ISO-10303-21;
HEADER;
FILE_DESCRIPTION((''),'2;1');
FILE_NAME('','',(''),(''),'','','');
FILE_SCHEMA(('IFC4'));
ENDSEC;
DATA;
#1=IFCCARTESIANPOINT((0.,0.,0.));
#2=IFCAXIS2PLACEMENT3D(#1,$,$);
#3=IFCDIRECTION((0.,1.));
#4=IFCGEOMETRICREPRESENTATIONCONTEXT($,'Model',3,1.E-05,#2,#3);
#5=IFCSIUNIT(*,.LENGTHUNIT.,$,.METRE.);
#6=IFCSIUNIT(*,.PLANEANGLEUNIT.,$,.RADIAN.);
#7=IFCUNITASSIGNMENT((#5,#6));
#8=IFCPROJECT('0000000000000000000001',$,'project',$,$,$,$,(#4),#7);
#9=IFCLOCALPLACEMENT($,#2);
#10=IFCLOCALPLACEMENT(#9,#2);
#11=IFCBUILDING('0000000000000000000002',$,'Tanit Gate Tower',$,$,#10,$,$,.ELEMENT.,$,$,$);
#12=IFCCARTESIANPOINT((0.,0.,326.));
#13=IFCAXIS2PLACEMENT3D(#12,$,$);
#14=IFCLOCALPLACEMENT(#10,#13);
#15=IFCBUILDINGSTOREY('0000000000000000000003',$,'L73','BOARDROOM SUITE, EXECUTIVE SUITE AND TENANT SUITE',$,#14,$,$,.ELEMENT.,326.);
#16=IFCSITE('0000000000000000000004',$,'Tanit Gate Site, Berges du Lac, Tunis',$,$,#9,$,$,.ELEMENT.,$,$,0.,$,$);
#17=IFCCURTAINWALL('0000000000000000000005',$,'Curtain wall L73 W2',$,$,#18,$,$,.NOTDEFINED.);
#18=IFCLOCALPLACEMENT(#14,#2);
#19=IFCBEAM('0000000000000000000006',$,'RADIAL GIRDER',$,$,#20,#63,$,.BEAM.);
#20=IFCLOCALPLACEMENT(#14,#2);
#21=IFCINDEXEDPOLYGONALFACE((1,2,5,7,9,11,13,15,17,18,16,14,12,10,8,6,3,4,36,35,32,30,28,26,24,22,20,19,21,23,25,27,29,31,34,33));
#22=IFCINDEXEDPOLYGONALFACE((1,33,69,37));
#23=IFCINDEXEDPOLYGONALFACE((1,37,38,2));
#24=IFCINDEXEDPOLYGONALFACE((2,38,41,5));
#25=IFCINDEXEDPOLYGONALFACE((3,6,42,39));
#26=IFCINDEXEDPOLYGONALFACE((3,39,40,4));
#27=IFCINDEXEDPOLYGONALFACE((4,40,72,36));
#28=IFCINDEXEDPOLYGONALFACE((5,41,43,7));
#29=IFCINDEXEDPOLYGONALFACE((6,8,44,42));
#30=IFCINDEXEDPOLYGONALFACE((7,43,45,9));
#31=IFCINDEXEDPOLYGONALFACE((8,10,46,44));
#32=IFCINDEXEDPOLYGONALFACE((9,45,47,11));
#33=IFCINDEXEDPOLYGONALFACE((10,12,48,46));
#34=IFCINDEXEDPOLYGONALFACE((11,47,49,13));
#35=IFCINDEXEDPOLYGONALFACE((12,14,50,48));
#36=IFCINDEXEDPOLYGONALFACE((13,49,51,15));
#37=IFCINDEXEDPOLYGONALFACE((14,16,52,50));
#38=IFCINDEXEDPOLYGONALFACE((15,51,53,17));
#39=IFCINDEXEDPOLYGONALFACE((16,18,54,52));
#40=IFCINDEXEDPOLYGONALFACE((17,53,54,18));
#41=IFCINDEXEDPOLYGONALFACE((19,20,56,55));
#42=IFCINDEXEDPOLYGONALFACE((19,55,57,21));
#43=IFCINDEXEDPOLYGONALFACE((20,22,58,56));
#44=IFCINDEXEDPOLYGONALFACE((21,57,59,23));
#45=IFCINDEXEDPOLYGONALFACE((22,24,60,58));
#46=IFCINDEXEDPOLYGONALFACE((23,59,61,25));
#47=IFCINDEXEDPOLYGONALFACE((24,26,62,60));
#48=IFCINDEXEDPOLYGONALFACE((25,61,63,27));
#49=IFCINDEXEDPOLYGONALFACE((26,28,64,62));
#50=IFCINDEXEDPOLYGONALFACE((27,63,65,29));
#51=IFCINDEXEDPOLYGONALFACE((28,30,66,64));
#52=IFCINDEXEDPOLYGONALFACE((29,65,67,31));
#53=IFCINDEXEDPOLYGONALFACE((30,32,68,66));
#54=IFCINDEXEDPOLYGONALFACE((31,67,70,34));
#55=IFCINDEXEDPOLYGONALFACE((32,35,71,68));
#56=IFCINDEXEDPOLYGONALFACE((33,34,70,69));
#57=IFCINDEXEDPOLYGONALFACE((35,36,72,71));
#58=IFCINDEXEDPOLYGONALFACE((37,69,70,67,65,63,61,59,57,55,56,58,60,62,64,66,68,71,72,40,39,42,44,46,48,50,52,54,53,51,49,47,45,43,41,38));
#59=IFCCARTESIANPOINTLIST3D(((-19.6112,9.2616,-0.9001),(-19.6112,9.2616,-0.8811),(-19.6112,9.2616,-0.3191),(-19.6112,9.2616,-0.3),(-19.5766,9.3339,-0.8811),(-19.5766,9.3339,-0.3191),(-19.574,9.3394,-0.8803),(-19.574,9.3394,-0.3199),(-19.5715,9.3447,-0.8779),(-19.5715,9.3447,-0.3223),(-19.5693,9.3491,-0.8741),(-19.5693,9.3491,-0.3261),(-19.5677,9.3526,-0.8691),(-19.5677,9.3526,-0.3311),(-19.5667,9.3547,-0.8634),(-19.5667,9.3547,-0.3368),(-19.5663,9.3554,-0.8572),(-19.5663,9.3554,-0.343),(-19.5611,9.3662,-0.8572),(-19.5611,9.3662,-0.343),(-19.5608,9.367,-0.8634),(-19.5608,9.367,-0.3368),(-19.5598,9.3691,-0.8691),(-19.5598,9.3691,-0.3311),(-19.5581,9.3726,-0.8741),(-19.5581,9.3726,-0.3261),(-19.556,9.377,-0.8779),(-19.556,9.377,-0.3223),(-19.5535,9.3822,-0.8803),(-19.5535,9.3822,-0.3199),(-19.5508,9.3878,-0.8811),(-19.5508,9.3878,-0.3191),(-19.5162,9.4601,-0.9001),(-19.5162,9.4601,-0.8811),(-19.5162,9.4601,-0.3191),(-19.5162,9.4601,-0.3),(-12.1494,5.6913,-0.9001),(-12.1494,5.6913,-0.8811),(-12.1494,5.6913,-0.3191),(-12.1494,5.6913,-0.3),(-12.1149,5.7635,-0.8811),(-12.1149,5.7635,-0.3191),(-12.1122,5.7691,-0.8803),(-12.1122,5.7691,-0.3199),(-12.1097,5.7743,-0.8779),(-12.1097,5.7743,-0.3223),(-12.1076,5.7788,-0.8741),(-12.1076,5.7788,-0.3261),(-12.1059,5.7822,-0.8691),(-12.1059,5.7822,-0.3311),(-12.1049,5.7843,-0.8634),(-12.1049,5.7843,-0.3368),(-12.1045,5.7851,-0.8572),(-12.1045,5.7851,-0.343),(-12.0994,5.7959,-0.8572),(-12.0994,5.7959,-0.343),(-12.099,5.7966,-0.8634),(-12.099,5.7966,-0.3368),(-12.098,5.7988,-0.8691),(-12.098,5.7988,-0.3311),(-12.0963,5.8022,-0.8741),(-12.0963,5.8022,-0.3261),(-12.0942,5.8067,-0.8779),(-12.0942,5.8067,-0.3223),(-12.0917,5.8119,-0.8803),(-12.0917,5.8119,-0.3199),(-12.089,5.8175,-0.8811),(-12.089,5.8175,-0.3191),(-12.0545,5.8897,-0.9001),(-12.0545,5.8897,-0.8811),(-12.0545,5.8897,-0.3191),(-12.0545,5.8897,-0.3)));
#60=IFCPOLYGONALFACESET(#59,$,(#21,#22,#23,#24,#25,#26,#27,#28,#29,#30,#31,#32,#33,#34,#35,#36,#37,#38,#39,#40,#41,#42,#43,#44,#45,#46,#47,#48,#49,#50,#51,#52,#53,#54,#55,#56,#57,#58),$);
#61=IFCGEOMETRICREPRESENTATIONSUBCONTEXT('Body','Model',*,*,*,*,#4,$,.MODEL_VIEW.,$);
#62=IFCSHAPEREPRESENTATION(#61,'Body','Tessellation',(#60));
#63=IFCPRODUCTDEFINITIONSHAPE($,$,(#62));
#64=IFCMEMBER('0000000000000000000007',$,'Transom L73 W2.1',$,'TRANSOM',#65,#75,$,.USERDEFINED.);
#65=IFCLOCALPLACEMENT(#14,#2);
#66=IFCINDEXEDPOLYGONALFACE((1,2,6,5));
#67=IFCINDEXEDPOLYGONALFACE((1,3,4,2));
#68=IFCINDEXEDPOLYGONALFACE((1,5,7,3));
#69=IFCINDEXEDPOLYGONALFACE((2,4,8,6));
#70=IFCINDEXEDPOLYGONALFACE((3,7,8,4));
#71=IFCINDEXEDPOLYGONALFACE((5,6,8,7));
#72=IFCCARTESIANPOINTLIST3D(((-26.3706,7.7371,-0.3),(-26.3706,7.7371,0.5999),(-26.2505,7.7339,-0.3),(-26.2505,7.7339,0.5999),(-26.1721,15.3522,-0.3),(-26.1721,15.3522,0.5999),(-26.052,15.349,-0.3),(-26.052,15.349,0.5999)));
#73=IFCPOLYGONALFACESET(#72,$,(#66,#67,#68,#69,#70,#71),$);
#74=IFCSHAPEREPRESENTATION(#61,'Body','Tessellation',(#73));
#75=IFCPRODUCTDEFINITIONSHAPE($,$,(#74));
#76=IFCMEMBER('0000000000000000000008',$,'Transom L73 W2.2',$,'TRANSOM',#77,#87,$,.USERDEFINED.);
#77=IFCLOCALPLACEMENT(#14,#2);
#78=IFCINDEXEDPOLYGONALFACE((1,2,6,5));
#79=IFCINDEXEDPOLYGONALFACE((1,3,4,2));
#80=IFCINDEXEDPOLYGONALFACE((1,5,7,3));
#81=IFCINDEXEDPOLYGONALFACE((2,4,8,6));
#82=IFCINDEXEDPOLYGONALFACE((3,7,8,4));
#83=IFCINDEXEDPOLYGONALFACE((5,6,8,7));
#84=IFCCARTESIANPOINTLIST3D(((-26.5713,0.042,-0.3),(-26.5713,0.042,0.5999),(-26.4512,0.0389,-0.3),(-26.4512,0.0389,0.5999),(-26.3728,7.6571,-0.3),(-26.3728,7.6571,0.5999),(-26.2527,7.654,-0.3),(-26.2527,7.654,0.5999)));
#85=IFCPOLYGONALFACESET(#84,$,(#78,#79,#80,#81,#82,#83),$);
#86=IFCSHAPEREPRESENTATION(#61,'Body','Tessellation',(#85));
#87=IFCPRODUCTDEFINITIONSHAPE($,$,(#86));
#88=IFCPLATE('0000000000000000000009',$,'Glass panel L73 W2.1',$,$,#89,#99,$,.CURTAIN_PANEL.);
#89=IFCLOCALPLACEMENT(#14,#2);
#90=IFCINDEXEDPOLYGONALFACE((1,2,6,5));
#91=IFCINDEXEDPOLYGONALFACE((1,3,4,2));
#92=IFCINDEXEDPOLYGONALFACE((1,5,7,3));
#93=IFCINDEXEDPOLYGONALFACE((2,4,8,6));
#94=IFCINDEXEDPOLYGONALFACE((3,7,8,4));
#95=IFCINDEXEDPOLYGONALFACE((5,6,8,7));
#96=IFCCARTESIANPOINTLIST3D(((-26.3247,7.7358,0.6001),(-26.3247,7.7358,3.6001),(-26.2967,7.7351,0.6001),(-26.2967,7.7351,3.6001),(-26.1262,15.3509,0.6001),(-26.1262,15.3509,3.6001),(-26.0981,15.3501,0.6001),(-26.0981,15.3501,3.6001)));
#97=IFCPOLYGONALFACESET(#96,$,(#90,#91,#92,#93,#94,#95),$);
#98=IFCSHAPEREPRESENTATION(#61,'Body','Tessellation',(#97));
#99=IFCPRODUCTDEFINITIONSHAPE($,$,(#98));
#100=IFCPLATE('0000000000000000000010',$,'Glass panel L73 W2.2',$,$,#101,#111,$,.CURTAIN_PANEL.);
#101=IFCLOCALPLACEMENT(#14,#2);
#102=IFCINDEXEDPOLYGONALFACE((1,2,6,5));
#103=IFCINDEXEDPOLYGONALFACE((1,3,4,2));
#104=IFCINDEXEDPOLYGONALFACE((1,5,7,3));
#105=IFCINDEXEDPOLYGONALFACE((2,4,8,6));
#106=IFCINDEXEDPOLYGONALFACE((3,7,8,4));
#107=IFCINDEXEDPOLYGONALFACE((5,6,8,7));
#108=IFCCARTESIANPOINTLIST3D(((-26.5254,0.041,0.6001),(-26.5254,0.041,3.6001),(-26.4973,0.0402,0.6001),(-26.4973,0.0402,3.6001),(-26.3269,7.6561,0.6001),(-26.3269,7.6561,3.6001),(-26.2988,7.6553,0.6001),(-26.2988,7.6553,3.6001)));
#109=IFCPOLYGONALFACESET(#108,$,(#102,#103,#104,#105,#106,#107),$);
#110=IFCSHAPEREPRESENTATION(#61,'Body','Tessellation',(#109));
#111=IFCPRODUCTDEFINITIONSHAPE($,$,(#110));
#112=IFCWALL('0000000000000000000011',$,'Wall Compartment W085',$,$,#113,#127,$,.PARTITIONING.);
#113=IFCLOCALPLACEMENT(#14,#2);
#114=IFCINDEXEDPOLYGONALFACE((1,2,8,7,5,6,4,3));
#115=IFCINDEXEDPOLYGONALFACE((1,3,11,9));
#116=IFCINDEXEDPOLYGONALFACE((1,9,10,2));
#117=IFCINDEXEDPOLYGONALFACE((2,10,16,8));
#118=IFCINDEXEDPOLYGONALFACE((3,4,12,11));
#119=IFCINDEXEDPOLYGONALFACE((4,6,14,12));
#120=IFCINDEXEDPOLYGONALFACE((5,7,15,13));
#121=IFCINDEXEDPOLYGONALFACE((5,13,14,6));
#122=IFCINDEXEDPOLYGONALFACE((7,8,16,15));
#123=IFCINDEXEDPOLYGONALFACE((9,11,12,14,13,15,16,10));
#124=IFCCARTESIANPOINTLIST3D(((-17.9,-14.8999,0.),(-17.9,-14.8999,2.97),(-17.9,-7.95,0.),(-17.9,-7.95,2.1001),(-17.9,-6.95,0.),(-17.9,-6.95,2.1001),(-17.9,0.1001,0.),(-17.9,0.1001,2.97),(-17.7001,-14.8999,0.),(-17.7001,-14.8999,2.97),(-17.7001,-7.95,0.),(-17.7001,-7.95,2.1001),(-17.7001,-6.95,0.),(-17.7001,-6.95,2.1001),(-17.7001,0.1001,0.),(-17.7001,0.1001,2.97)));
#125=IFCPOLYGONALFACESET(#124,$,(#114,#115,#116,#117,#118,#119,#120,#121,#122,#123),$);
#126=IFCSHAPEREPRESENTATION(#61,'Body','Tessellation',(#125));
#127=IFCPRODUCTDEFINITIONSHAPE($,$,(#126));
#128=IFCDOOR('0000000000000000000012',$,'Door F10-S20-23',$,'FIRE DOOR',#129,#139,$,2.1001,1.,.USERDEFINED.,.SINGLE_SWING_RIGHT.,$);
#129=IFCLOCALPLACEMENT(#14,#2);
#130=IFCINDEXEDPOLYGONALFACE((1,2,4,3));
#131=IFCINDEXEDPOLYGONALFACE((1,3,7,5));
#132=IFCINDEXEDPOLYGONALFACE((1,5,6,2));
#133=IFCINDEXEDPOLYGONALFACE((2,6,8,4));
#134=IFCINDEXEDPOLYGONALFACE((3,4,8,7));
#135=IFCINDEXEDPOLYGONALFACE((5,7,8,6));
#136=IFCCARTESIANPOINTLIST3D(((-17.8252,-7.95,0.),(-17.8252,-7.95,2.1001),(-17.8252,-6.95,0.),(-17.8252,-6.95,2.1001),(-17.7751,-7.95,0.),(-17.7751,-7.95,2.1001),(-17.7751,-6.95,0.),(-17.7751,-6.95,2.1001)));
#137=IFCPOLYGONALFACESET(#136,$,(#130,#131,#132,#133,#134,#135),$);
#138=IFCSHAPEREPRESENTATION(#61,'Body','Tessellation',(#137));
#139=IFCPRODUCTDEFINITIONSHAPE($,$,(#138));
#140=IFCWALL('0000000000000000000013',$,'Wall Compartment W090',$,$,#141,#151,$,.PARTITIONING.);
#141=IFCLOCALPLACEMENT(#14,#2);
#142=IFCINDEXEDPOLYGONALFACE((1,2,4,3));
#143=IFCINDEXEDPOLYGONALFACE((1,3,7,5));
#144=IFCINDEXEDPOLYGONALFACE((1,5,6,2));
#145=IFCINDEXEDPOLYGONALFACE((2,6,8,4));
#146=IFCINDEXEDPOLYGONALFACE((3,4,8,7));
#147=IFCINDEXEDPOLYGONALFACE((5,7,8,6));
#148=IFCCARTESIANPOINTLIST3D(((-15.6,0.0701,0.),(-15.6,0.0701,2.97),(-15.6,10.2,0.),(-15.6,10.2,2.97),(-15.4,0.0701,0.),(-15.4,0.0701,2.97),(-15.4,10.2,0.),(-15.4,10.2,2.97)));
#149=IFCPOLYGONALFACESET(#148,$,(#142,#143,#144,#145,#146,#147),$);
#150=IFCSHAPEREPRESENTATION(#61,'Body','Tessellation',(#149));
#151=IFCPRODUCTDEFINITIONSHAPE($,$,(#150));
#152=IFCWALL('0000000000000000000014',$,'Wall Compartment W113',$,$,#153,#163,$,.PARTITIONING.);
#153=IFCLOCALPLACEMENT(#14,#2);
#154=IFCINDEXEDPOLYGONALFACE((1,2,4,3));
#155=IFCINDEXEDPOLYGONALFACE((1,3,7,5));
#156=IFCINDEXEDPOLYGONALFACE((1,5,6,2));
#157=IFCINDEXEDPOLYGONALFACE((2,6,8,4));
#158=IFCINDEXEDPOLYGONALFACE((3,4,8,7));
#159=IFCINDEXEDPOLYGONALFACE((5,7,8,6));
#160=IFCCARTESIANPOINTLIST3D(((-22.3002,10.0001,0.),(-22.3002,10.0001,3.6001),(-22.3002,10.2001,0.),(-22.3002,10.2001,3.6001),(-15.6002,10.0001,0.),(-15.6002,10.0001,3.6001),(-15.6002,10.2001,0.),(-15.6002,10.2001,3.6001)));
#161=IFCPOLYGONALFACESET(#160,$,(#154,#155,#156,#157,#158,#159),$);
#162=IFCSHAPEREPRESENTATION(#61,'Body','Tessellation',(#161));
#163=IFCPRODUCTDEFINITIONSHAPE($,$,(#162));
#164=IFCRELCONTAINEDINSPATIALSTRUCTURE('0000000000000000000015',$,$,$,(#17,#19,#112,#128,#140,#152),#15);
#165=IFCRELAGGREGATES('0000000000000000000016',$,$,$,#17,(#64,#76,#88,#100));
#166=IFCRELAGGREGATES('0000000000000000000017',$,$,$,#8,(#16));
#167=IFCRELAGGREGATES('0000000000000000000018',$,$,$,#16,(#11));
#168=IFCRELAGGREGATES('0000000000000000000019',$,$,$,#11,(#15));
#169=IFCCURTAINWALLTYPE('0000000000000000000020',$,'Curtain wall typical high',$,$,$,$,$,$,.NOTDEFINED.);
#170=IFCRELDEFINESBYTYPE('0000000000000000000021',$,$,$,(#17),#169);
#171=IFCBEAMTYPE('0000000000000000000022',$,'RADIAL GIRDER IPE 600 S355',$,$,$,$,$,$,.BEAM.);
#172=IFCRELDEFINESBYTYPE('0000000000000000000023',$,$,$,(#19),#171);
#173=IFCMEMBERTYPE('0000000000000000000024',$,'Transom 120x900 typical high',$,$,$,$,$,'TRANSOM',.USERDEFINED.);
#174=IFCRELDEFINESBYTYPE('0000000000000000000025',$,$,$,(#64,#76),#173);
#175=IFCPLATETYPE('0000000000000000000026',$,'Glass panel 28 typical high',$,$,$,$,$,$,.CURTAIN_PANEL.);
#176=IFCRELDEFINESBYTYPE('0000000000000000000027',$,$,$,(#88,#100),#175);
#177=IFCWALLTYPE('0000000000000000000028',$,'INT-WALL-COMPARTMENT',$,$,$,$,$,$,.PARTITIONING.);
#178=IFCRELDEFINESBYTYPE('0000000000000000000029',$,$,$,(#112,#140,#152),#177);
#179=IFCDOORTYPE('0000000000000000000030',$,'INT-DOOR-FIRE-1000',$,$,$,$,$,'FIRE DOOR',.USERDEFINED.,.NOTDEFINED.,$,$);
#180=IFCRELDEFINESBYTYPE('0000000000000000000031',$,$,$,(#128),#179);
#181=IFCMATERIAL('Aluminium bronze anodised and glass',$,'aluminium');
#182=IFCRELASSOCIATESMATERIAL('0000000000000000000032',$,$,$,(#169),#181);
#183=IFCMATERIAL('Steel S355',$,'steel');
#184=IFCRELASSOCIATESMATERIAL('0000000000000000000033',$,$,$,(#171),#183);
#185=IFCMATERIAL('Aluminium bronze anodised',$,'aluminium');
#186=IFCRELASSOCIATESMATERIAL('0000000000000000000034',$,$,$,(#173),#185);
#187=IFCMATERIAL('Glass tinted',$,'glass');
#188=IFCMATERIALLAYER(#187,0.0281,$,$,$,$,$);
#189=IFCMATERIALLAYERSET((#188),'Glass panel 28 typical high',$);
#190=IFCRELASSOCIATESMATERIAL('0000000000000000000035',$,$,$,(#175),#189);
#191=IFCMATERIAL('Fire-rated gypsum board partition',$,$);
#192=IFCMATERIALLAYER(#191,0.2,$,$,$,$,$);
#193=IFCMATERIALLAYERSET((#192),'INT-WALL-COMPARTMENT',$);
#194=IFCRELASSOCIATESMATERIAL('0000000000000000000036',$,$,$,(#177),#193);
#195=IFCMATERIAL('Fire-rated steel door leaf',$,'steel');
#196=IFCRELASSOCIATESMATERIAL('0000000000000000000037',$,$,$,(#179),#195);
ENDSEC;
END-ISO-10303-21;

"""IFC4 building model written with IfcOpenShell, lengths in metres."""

from ifc_helpers import new_model, si_unit, direction, frame, frame_2d, origin, origin_2d, place, context, subcontext, project, spatial, rectangle, i_section, extrude, material, layer, layer_set, material_profile, profile_set, type_object, element, fill, aggregate, save


model = new_model("IFC4")

# Units and contexts
model_context = context("Model", 3, precision=1e-05, world=origin(), true_north=direction((0.0, 1.0)))
body_context = subcontext(model_context, "Body", "Model", "MODEL_VIEW")
ifc_project = project(units=[si_unit("LENGTHUNIT", "METRE"), si_unit("PLANEANGLEUNIT", "RADIAN")], contexts=[model_context])

# Site, building, storey
site_placement = place(None, origin())
site = spatial("IfcSite", under=ifc_project, at=site_placement, Name="Tanit Gate Site, Berges du Lac, Tunis", CompositionType="ELEMENT", RefElevation=0.0)
building_placement = place(site_placement, origin())
building = spatial("IfcBuilding", under=site, at=building_placement, Name="Tanit Gate Tower", CompositionType="ELEMENT")
storey_placement = place(building_placement, frame((0.0, 0.0, 326.0)))
storey = spatial("IfcBuildingStorey", under=building, at=storey_placement, Name="L73", Description="BOARDROOM SUITE, EXECUTIVE SUITE AND TENANT SUITE", CompositionType="ELEMENT", Elevation=326.0)

# Curtain wall
ifc_material_1 = material(Name="Aluminium bronze anodised and glass", Category="aluminium")
curtain_wall_type = type_object("IfcCurtainWallType", Name="Curtain wall typical high", PredefinedType="NOTDEFINED", material=ifc_material_1)
curtain_wall_1_placement = place(storey_placement, origin())
curtain_wall_1 = element("IfcCurtainWall", 1, at=curtain_wall_1_placement, inside=storey, type_object=curtain_wall_type, Name="Curtain wall L73 W2", PredefinedType="NOTDEFINED")

# Beam
ifc_material_2 = material(Name="Steel S355", Category="steel")
ifc_material_profile_1 = material_profile(ifc_material_2, i_section(OverallWidth=0.22, OverallDepth=0.6001, WebThickness=0.012, FlangeThickness=0.019, FilletRadius=0.0239, at=origin_2d()), Name="IPE 600")
ifc_profile_set_1 = profile_set([ifc_material_profile_1], Name="Steel S355")
beam_type_1 = type_object("IfcBeamType", Name="RADIAL GIRDER IPE 600 S355", PredefinedType="BEAM", material=ifc_profile_set_1)
beam_1_placement = place(storey_placement, frame((-19.5637, 9.3608, -0.6001), z_axis=(0.902055, -0.431622, 0.0), x_axis=(0.431622, 0.902055, 0.0)))
element("IfcBeam", 2, at=beam_1_placement, inside=storey, type_object=beam_type_1, Name="RADIAL GIRDER", PredefinedType="BEAM", context=body_context, shape_type="SweptSolid", body=[
    extrude(i_section(OverallWidth=0.22, OverallDepth=0.6001, WebThickness=0.012, FlangeThickness=0.019, FilletRadius=0.0239, at=origin_2d()), origin(), (0.0, 0.0, 1.0), 8.272),
])

# Members
ifc_material_3 = material(Name="Aluminium bronze anodised", Category="aluminium")
ifc_material_profile_2 = material_profile(ifc_material_3, rectangle(XDim=0.1201, YDim=0.8999, at=origin_2d()), Name="120x900 bronze transom")
ifc_profile_set_2 = profile_set([ifc_material_profile_2], Name="Aluminium bronze anodised")
member_type_1 = type_object("IfcMemberType", Name="Transom 120x900 typical high", ElementType="TRANSOM", PredefinedType="USERDEFINED", material=ifc_profile_set_2)
member_1_placement = place(storey_placement, frame((-26.1121, 15.3506, 0.1499), z_axis=(-0.026056, -0.99966, 0.0), x_axis=(0.99966, -0.026056, 0.0)))
member_1 = element("IfcMember", 3, at=member_1_placement, type_object=member_type_1, Name="Transom L73 W2.1", ObjectType="TRANSOM", PredefinedType="USERDEFINED", context=body_context, shape_type="SweptSolid", body=[
    extrude(rectangle(XDim=0.1201, YDim=0.8999, at=origin_2d()), origin(), (0.0, 0.0, 1.0), 7.6177),
])
member_2_placement = place(storey_placement, frame((-26.3127, 7.6555, 0.1499), z_axis=(-0.026056, -0.99966, 0.0), x_axis=(0.99966, -0.026056, 0.0)))
member_2 = element("IfcMember", 4, at=member_2_placement, type_object=member_type_1, Name="Transom L73 W2.2", ObjectType="TRANSOM", PredefinedType="USERDEFINED", context=body_context, shape_type="SweptSolid", body=[
    extrude(rectangle(XDim=0.1201, YDim=0.8999, at=origin_2d()), origin(), (0.0, 0.0, 1.0), 7.6177),
])

# Plates
ifc_material_4 = material(Name="Glass tinted", Category="glass")
ifc_layer_1 = layer(ifc_material_4, 0.0281)
ifc_layer_set_1 = layer_set([ifc_layer_1], Name="Glass panel 28 typical high")
plate_type = type_object("IfcPlateType", Name="Glass panel 28 typical high", PredefinedType="CURTAIN_PANEL", material=ifc_layer_set_1)
plate_1_placement = place(storey_placement, frame((-26.2114, 11.543, 0.6001), z_axis=(0.0, 0.0, 1.0), x_axis=(-0.026063, -0.99966, 0.0)))
plate_1 = element("IfcPlate", 5, at=plate_1_placement, type_object=plate_type, Name="Glass panel L73 W2.1", PredefinedType="CURTAIN_PANEL", context=body_context, shape_type="SweptSolid", body=[
    extrude(rectangle(XDim=7.6177, YDim=0.0281, at=origin_2d()), origin(), (0.0, 0.0, 1.0), 3.0),
])
plate_2_placement = place(storey_placement, frame((-26.4121, 3.8481, 0.6001), z_axis=(0.0, 0.0, 1.0), x_axis=(-0.026063, -0.99966, 0.0)))
plate_2 = element("IfcPlate", 6, at=plate_2_placement, type_object=plate_type, Name="Glass panel L73 W2.2", PredefinedType="CURTAIN_PANEL", context=body_context, shape_type="SweptSolid", body=[
    extrude(rectangle(XDim=7.6177, YDim=0.0281, at=origin_2d()), origin(), (0.0, 0.0, 1.0), 3.0),
])
aggregate(curtain_wall_1, [member_1, member_2, plate_1, plate_2])

# Wall, opening, door
ifc_material_5 = material(Name="Fire-rated gypsum board partition")
ifc_layer_2 = layer(ifc_material_5, 0.2)
ifc_layer_set_2 = layer_set([ifc_layer_2], Name="INT-WALL-COMPARTMENT")
wall_type_1 = type_object("IfcWallType", Name="INT-WALL-COMPARTMENT", PredefinedType="PARTITIONING", material=ifc_layer_set_2)
wall_1_placement = place(storey_placement, frame((-17.8, 0.1001, 0.0), z_axis=(0.0, 0.0, 1.0), x_axis=(0.0, -1.0, 0.0)))
wall_1 = element("IfcWall", 7, at=wall_1_placement, inside=storey, type_object=wall_type_1, Name="Wall Compartment W085", PredefinedType="PARTITIONING", context=body_context, shape_type="SweptSolid", body=[
    extrude(rectangle(XDim=15.0, YDim=0.2, at=frame_2d((7.5, 0.0))), origin(), (0.0, 0.0, 1.0), 2.97),
])
opening_1_placement = place(wall_1_placement, frame((7.05, 0.0, 0.0)))
opening_1 = element("IfcOpeningElement", 8, at=opening_1_placement, cuts=wall_1, PredefinedType="OPENING", context=body_context, shape_type="SweptSolid", body=[
    extrude(rectangle(XDim=1.0, YDim=2.1001, at=frame_2d((0.5, 1.05))), frame((0.0, 0.1099, 0.0), z_axis=(0.0, -1.0, 0.0), x_axis=(1.0, 0.0, 0.0)), (0.0, 0.0, 1.0), 0.22),
])
ifc_material_6 = material(Name="Fire-rated steel door leaf", Category="steel")
door_type_1 = type_object("IfcDoorType", Name="INT-DOOR-FIRE-1000", ElementType="FIRE DOOR", OperationType="NOTDEFINED", PredefinedType="USERDEFINED", material=ifc_material_6)
door_1_placement = place(opening_1_placement, origin())
door_1 = element("IfcDoor", 9, at=door_1_placement, inside=storey, type_object=door_type_1, Name="Door F10-S20-23", ObjectType="FIRE DOOR", OperationType="SINGLE_SWING_RIGHT", OverallHeight=2.1001, OverallWidth=1.0, PredefinedType="USERDEFINED", context=body_context, shape_type="SweptSolid", body=[
    extrude(rectangle(XDim=1.0, YDim=2.1001, at=frame_2d((0.5, 1.05))), frame((0.0, 0.0249, 0.0), z_axis=(0.0, -1.0, 0.0), x_axis=(1.0, 0.0, 0.0)), (0.0, 0.0, 1.0), 0.05),
])
fill(opening_1, door_1)

# Walls
wall_2_placement = place(storey_placement, frame((-15.5, 10.2, 0.0), z_axis=(0.0, 0.0, 1.0), x_axis=(0.0, -1.0, 0.0)))
element("IfcWall", 10, at=wall_2_placement, inside=storey, type_object=wall_type_1, Name="Wall Compartment W090", PredefinedType="PARTITIONING", context=body_context, shape_type="SweptSolid", body=[
    extrude(rectangle(XDim=10.1299, YDim=0.2, at=frame_2d((5.0649, 0.0))), origin(), (0.0, 0.0, 1.0), 2.97),
])
wall_3_placement = place(storey_placement, frame((-15.6001, 10.1001, 0.0), z_axis=(0.0, 0.0, 1.0), x_axis=(-1.0, 0.0, 0.0)))
element("IfcWall", 11, at=wall_3_placement, inside=storey, type_object=wall_type_1, Name="Wall Compartment W113", PredefinedType="PARTITIONING", context=body_context, shape_type="SweptSolid", body=[
    extrude(rectangle(XDim=6.7, YDim=0.2, at=frame_2d((3.3501, 0.0))), origin(), (0.0, 0.0, 1.0), 3.6001),
])

save(model, "model.ifc")
